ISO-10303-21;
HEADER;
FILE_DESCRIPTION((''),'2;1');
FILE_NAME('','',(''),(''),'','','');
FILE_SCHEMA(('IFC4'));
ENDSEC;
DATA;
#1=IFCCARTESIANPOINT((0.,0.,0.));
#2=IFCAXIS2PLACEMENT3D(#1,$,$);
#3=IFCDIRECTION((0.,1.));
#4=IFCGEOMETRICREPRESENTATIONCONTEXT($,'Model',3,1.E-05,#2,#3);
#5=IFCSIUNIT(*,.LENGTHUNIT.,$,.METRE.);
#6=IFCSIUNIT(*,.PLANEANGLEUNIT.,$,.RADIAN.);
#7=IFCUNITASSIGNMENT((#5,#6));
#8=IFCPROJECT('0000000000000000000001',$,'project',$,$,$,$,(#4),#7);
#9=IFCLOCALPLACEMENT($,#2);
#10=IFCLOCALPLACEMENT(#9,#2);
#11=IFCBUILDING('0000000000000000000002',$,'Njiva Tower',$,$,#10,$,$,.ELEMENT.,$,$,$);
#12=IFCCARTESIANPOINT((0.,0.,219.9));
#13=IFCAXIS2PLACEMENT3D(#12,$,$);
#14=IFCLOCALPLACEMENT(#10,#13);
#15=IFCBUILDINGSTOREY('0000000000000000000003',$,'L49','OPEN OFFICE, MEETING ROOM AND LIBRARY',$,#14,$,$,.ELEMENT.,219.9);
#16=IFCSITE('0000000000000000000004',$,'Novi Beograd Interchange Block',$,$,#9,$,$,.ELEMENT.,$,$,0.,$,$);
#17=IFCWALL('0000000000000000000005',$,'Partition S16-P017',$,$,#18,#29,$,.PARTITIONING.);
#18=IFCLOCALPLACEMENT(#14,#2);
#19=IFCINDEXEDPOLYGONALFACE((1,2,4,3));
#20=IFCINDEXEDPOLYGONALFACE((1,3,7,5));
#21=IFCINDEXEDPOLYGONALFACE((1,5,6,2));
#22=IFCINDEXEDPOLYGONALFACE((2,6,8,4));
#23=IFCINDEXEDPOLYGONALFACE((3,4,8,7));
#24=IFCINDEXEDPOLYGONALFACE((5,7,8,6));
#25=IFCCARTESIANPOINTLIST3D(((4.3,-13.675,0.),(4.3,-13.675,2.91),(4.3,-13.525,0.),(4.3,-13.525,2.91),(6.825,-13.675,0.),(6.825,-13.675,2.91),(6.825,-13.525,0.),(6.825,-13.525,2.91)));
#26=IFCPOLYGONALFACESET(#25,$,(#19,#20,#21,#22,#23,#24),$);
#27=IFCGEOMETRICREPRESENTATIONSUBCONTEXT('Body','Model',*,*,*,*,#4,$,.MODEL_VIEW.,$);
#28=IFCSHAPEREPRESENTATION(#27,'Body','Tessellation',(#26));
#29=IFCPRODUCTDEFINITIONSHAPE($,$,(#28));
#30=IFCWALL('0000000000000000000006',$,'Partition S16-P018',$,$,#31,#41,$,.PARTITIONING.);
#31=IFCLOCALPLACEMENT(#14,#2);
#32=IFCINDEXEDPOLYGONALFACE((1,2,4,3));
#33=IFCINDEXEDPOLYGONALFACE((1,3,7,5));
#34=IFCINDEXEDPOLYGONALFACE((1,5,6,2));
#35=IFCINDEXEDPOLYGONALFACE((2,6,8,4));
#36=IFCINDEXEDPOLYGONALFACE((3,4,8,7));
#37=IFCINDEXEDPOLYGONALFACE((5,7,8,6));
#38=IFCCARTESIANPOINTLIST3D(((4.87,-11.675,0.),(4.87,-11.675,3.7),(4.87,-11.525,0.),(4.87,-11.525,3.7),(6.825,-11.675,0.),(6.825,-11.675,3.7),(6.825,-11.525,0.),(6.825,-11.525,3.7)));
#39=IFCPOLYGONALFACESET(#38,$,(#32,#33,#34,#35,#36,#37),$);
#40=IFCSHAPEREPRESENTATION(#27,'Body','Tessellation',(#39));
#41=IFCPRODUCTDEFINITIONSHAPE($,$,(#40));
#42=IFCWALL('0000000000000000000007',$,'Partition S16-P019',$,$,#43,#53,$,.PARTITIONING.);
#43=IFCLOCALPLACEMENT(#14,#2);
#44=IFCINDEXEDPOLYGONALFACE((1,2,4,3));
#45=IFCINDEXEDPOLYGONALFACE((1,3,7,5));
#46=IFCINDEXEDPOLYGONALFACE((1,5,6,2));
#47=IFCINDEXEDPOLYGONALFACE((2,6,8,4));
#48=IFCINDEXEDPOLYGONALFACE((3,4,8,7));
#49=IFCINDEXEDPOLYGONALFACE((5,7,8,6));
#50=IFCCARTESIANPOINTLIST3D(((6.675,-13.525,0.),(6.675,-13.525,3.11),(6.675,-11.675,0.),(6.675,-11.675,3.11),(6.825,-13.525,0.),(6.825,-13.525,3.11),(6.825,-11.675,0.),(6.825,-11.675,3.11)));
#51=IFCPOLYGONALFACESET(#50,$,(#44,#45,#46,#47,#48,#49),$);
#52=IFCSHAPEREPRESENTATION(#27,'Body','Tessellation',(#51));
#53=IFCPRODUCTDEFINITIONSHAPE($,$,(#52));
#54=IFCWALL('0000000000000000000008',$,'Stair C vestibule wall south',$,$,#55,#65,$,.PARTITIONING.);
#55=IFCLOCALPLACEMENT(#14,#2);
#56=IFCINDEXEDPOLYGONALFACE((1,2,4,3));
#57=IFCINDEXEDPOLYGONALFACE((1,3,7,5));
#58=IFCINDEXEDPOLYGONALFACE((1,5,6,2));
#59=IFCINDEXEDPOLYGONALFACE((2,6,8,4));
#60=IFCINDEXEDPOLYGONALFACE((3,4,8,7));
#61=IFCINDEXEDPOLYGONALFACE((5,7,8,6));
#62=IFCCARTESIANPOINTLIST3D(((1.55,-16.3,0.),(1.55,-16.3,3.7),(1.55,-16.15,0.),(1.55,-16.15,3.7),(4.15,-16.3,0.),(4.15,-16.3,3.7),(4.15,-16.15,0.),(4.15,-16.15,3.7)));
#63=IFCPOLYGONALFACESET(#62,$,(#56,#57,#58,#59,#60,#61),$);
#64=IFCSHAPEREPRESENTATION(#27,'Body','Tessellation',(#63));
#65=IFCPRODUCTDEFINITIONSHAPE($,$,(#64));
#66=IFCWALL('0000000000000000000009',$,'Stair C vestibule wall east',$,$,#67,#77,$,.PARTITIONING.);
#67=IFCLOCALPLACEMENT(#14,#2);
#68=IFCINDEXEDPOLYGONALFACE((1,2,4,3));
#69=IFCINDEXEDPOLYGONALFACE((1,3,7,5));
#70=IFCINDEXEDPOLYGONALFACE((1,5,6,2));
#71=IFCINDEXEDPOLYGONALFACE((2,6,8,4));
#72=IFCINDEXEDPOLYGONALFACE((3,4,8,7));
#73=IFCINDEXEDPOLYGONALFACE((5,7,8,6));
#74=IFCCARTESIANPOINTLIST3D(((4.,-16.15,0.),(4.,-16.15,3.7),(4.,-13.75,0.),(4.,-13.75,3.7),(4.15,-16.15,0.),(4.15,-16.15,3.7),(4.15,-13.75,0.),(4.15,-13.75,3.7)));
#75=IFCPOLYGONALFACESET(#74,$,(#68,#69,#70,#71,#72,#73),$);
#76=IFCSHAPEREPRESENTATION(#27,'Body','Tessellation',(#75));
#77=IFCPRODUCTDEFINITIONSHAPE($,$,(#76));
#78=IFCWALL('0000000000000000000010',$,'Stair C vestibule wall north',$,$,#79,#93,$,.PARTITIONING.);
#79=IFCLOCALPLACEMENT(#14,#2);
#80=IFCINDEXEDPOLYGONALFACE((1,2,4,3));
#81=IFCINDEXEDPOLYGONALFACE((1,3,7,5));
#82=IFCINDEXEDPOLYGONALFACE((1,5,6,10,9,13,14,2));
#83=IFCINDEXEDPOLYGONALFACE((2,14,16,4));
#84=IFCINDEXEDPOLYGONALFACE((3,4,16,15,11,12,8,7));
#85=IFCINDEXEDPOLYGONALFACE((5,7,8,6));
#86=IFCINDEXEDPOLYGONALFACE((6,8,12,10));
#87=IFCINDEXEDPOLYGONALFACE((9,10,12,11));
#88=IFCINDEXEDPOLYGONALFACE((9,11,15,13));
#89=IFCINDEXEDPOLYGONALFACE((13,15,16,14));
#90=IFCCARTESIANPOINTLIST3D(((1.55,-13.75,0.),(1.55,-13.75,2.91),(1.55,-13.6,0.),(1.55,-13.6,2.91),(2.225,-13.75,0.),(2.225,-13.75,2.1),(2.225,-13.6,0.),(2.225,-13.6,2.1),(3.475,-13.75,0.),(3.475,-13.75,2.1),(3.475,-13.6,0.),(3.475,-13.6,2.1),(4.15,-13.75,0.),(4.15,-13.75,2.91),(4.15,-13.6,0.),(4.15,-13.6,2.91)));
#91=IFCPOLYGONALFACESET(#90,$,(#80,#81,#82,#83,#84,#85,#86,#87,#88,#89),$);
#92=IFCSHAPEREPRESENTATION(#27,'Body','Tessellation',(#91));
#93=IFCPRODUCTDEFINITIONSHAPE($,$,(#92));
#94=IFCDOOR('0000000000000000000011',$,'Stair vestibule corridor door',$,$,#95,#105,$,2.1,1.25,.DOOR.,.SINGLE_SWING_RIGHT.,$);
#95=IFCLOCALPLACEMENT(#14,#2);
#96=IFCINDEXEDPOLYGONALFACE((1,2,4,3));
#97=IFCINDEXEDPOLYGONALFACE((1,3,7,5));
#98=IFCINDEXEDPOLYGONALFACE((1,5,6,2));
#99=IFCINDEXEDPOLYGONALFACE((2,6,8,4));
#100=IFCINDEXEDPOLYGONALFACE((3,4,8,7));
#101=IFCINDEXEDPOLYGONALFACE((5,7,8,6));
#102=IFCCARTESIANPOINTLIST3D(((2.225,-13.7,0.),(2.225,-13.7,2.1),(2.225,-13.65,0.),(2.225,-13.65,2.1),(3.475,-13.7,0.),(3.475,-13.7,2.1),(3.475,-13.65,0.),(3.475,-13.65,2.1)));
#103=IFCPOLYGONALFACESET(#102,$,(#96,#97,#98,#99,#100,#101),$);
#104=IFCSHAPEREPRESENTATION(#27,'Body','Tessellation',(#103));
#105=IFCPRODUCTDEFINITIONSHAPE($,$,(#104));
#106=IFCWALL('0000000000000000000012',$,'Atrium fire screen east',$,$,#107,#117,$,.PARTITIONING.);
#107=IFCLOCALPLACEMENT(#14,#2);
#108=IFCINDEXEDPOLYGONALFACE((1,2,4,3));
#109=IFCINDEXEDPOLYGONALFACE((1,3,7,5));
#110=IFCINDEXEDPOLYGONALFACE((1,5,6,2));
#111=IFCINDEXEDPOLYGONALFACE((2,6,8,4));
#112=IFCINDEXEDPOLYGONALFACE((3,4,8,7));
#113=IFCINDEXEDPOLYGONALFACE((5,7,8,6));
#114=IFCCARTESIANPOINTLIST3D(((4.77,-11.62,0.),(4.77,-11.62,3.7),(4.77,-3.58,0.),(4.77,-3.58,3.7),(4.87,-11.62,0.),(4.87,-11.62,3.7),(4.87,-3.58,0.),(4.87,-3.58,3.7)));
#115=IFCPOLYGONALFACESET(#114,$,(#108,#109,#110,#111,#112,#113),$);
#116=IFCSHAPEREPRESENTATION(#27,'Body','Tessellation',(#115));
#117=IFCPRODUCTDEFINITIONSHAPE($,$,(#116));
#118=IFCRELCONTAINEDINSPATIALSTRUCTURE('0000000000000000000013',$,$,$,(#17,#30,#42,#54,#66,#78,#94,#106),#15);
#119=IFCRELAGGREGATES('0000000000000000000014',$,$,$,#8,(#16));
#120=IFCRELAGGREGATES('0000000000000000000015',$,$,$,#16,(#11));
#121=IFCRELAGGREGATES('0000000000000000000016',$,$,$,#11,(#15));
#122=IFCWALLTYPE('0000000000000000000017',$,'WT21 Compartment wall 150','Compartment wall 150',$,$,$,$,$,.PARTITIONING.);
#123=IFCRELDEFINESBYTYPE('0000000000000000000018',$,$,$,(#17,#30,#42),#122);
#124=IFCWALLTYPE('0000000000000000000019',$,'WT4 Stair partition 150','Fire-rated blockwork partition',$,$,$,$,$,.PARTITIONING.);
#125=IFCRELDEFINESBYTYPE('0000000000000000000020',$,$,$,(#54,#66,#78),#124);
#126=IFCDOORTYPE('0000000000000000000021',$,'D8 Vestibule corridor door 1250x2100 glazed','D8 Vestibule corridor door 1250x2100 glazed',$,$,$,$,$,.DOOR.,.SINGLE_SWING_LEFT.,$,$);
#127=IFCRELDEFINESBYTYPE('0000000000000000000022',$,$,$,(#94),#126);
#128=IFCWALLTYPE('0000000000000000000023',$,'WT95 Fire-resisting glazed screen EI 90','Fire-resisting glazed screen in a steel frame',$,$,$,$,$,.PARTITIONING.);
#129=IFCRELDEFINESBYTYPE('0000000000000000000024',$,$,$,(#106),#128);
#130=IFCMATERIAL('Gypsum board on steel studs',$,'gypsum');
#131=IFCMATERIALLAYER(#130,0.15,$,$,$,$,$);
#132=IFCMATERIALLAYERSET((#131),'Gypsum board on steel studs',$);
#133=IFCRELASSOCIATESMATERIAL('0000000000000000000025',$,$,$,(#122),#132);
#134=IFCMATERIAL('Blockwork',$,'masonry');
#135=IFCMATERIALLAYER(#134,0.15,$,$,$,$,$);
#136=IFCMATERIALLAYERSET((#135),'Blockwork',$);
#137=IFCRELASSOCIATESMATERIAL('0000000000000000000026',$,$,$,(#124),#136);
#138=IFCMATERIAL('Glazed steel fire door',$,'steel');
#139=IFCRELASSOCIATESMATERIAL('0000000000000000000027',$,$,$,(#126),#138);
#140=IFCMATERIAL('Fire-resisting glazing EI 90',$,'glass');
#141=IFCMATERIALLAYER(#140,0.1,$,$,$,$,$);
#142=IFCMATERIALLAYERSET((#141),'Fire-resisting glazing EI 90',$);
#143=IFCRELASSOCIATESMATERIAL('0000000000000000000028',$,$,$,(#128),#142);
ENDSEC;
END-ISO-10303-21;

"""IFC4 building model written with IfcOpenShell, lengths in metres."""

from ifc_helpers import new_model, si_unit, direction, frame, frame_2d, origin, place, context, subcontext, project, spatial, rectangle, extrude, material, layer, layer_set, type_object, element, fill, save


model = new_model("IFC4")

# Units and contexts
model_context = context("Model", 3, precision=1e-05, world=origin(), true_north=direction((0.0, 1.0)))
body_context = subcontext(model_context, "Body", "Model", "MODEL_VIEW")
ifc_project = project(units=[si_unit("LENGTHUNIT", "METRE"), si_unit("PLANEANGLEUNIT", "RADIAN")], contexts=[model_context])

# Site, building, storey
site_placement = place(None, origin())
site = spatial("IfcSite", under=ifc_project, at=site_placement, Name="Novi Beograd Interchange Block", CompositionType="ELEMENT", RefElevation=0.0)
building_placement = place(site_placement, origin())
building = spatial("IfcBuilding", under=site, at=building_placement, Name="Njiva Tower", CompositionType="ELEMENT")
storey_placement = place(building_placement, frame((0.0, 0.0, 219.9)))
storey = spatial("IfcBuildingStorey", under=building, at=storey_placement, Name="L49", Description="OPEN OFFICE, MEETING ROOM AND LIBRARY", CompositionType="ELEMENT", Elevation=219.9)

# Walls
ifc_material_1 = material(Name="Gypsum board on steel studs", Category="gypsum")
ifc_layer_1 = layer(ifc_material_1, 0.15)
ifc_layer_set_1 = layer_set([ifc_layer_1], Name="Gypsum board on steel studs")
wall_type_1 = type_object("IfcWallType", Name="WT21 Compartment wall 150", Description="Compartment wall 150", PredefinedType="PARTITIONING", material=ifc_layer_set_1)
wall_1_placement = place(storey_placement, frame((4.3, -13.6, 0.0), z_axis=(0.0, 0.0, 1.0), x_axis=(1.0, 0.0, 0.0)))
element("IfcWall", 1, at=wall_1_placement, inside=storey, type_object=wall_type_1, Name="Partition S16-P017", PredefinedType="PARTITIONING", context=body_context, shape_type="SweptSolid", body=[
    extrude(rectangle(XDim=2.525, YDim=0.15, at=frame_2d((1.2625, 0.0))), origin(), (0.0, 0.0, 1.0), 2.91),
])
wall_2_placement = place(storey_placement, frame((4.87, -11.6, 0.0), z_axis=(0.0, 0.0, 1.0), x_axis=(1.0, 0.0, 0.0)))
element("IfcWall", 2, at=wall_2_placement, inside=storey, type_object=wall_type_1, Name="Partition S16-P018", PredefinedType="PARTITIONING", context=body_context, shape_type="SweptSolid", body=[
    extrude(rectangle(XDim=1.955, YDim=0.15, at=frame_2d((0.9775, 0.0))), origin(), (0.0, 0.0, 1.0), 3.7),
])
wall_3_placement = place(storey_placement, frame((6.75, -13.525, 0.0), z_axis=(0.0, 0.0, 1.0), x_axis=(0.0, 1.0, 0.0)))
element("IfcWall", 3, at=wall_3_placement, inside=storey, type_object=wall_type_1, Name="Partition S16-P019", PredefinedType="PARTITIONING", context=body_context, shape_type="SweptSolid", body=[
    extrude(rectangle(XDim=1.85, YDim=0.15, at=frame_2d((0.925, 0.0))), origin(), (0.0, 0.0, 1.0), 3.11),
])
ifc_material_2 = material(Name="Blockwork", Category="masonry")
ifc_layer_2 = layer(ifc_material_2, 0.15)
ifc_layer_set_2 = layer_set([ifc_layer_2], Name="Blockwork")
wall_type_2 = type_object("IfcWallType", Name="WT4 Stair partition 150", Description="Fire-rated blockwork partition", PredefinedType="PARTITIONING", material=ifc_layer_set_2)
wall_4_placement = place(storey_placement, frame((1.55, -16.225, 0.0), z_axis=(0.0, 0.0, 1.0), x_axis=(1.0, 0.0, 0.0)))
element("IfcWall", 4, at=wall_4_placement, inside=storey, type_object=wall_type_2, Name="Stair C vestibule wall south", PredefinedType="PARTITIONING", context=body_context, shape_type="SweptSolid", body=[
    extrude(rectangle(XDim=2.6, YDim=0.15, at=frame_2d((1.3, 0.0))), origin(), (0.0, 0.0, 1.0), 3.7),
])
wall_5_placement = place(storey_placement, frame((4.075, -16.15, 0.0), z_axis=(0.0, 0.0, 1.0), x_axis=(0.0, 1.0, 0.0)))
element("IfcWall", 5, at=wall_5_placement, inside=storey, type_object=wall_type_2, Name="Stair C vestibule wall east", PredefinedType="PARTITIONING", context=body_context, shape_type="SweptSolid", body=[
    extrude(rectangle(XDim=2.4, YDim=0.15, at=frame_2d((1.2, 0.0))), origin(), (0.0, 0.0, 1.0), 3.7),
])

# Wall, opening, door
wall_6_placement = place(storey_placement, frame((1.55, -13.675, 0.0), z_axis=(0.0, 0.0, 1.0), x_axis=(1.0, 0.0, 0.0)))
wall_6 = element("IfcWall", 6, at=wall_6_placement, inside=storey, type_object=wall_type_2, Name="Stair C vestibule wall north", PredefinedType="PARTITIONING", context=body_context, shape_type="SweptSolid", body=[
    extrude(rectangle(XDim=2.6, YDim=0.15, at=frame_2d((1.3, 0.0))), origin(), (0.0, 0.0, 1.0), 2.91),
])
opening_placement = place(wall_6_placement, frame((0.675, 0.0, 0.0)))
opening = element("IfcOpeningElement", 7, at=opening_placement, cuts=wall_6, PredefinedType="OPENING", context=body_context, shape_type="SweptSolid", body=[
    extrude(rectangle(XDim=1.25, YDim=2.1, at=frame_2d((0.625, 1.05))), frame((0.0, 0.085, 0.0), z_axis=(0.0, -1.0, 0.0), x_axis=(1.0, 0.0, 0.0)), (0.0, 0.0, 1.0), 0.17),
])
ifc_material_3 = material(Name="Glazed steel fire door", Category="steel")
door_type = type_object("IfcDoorType", Name="D8 Vestibule corridor door 1250x2100 glazed", Description="D8 Vestibule corridor door 1250x2100 glazed", OperationType="SINGLE_SWING_LEFT", PredefinedType="DOOR", material=ifc_material_3)
door_placement = place(opening_placement, origin())
door = element("IfcDoor", 8, at=door_placement, inside=storey, type_object=door_type, Name="Stair vestibule corridor door", OperationType="SINGLE_SWING_RIGHT", OverallHeight=2.1, OverallWidth=1.25, PredefinedType="DOOR", context=body_context, shape_type="SweptSolid", body=[
    extrude(rectangle(XDim=1.25, YDim=2.1, at=frame_2d((0.625, 1.05))), frame((0.0, 0.025, 0.0), z_axis=(0.0, -1.0, 0.0), x_axis=(1.0, 0.0, 0.0)), (0.0, 0.0, 1.0), 0.05),
])
fill(opening, door)

# Wall
ifc_material_4 = material(Name="Fire-resisting glazing EI 90", Category="glass")
ifc_layer_3 = layer(ifc_material_4, 0.1)
ifc_layer_set_3 = layer_set([ifc_layer_3], Name="Fire-resisting glazing EI 90")
wall_type_3 = type_object("IfcWallType", Name="WT95 Fire-resisting glazed screen EI 90", Description="Fire-resisting glazed screen in a steel frame", PredefinedType="PARTITIONING", material=ifc_layer_set_3)
wall_7_placement = place(storey_placement, frame((4.82, -11.62, 0.0), z_axis=(0.0, 0.0, 1.0), x_axis=(0.0, 1.0, 0.0)))
element("IfcWall", 9, at=wall_7_placement, inside=storey, type_object=wall_type_3, Name="Atrium fire screen east", PredefinedType="PARTITIONING", context=body_context, shape_type="SweptSolid", body=[
    extrude(rectangle(XDim=8.04, YDim=0.1, at=frame_2d((4.02, 0.0))), origin(), (0.0, 0.0, 1.0), 3.7),
])

save(model, "model.ifc")
